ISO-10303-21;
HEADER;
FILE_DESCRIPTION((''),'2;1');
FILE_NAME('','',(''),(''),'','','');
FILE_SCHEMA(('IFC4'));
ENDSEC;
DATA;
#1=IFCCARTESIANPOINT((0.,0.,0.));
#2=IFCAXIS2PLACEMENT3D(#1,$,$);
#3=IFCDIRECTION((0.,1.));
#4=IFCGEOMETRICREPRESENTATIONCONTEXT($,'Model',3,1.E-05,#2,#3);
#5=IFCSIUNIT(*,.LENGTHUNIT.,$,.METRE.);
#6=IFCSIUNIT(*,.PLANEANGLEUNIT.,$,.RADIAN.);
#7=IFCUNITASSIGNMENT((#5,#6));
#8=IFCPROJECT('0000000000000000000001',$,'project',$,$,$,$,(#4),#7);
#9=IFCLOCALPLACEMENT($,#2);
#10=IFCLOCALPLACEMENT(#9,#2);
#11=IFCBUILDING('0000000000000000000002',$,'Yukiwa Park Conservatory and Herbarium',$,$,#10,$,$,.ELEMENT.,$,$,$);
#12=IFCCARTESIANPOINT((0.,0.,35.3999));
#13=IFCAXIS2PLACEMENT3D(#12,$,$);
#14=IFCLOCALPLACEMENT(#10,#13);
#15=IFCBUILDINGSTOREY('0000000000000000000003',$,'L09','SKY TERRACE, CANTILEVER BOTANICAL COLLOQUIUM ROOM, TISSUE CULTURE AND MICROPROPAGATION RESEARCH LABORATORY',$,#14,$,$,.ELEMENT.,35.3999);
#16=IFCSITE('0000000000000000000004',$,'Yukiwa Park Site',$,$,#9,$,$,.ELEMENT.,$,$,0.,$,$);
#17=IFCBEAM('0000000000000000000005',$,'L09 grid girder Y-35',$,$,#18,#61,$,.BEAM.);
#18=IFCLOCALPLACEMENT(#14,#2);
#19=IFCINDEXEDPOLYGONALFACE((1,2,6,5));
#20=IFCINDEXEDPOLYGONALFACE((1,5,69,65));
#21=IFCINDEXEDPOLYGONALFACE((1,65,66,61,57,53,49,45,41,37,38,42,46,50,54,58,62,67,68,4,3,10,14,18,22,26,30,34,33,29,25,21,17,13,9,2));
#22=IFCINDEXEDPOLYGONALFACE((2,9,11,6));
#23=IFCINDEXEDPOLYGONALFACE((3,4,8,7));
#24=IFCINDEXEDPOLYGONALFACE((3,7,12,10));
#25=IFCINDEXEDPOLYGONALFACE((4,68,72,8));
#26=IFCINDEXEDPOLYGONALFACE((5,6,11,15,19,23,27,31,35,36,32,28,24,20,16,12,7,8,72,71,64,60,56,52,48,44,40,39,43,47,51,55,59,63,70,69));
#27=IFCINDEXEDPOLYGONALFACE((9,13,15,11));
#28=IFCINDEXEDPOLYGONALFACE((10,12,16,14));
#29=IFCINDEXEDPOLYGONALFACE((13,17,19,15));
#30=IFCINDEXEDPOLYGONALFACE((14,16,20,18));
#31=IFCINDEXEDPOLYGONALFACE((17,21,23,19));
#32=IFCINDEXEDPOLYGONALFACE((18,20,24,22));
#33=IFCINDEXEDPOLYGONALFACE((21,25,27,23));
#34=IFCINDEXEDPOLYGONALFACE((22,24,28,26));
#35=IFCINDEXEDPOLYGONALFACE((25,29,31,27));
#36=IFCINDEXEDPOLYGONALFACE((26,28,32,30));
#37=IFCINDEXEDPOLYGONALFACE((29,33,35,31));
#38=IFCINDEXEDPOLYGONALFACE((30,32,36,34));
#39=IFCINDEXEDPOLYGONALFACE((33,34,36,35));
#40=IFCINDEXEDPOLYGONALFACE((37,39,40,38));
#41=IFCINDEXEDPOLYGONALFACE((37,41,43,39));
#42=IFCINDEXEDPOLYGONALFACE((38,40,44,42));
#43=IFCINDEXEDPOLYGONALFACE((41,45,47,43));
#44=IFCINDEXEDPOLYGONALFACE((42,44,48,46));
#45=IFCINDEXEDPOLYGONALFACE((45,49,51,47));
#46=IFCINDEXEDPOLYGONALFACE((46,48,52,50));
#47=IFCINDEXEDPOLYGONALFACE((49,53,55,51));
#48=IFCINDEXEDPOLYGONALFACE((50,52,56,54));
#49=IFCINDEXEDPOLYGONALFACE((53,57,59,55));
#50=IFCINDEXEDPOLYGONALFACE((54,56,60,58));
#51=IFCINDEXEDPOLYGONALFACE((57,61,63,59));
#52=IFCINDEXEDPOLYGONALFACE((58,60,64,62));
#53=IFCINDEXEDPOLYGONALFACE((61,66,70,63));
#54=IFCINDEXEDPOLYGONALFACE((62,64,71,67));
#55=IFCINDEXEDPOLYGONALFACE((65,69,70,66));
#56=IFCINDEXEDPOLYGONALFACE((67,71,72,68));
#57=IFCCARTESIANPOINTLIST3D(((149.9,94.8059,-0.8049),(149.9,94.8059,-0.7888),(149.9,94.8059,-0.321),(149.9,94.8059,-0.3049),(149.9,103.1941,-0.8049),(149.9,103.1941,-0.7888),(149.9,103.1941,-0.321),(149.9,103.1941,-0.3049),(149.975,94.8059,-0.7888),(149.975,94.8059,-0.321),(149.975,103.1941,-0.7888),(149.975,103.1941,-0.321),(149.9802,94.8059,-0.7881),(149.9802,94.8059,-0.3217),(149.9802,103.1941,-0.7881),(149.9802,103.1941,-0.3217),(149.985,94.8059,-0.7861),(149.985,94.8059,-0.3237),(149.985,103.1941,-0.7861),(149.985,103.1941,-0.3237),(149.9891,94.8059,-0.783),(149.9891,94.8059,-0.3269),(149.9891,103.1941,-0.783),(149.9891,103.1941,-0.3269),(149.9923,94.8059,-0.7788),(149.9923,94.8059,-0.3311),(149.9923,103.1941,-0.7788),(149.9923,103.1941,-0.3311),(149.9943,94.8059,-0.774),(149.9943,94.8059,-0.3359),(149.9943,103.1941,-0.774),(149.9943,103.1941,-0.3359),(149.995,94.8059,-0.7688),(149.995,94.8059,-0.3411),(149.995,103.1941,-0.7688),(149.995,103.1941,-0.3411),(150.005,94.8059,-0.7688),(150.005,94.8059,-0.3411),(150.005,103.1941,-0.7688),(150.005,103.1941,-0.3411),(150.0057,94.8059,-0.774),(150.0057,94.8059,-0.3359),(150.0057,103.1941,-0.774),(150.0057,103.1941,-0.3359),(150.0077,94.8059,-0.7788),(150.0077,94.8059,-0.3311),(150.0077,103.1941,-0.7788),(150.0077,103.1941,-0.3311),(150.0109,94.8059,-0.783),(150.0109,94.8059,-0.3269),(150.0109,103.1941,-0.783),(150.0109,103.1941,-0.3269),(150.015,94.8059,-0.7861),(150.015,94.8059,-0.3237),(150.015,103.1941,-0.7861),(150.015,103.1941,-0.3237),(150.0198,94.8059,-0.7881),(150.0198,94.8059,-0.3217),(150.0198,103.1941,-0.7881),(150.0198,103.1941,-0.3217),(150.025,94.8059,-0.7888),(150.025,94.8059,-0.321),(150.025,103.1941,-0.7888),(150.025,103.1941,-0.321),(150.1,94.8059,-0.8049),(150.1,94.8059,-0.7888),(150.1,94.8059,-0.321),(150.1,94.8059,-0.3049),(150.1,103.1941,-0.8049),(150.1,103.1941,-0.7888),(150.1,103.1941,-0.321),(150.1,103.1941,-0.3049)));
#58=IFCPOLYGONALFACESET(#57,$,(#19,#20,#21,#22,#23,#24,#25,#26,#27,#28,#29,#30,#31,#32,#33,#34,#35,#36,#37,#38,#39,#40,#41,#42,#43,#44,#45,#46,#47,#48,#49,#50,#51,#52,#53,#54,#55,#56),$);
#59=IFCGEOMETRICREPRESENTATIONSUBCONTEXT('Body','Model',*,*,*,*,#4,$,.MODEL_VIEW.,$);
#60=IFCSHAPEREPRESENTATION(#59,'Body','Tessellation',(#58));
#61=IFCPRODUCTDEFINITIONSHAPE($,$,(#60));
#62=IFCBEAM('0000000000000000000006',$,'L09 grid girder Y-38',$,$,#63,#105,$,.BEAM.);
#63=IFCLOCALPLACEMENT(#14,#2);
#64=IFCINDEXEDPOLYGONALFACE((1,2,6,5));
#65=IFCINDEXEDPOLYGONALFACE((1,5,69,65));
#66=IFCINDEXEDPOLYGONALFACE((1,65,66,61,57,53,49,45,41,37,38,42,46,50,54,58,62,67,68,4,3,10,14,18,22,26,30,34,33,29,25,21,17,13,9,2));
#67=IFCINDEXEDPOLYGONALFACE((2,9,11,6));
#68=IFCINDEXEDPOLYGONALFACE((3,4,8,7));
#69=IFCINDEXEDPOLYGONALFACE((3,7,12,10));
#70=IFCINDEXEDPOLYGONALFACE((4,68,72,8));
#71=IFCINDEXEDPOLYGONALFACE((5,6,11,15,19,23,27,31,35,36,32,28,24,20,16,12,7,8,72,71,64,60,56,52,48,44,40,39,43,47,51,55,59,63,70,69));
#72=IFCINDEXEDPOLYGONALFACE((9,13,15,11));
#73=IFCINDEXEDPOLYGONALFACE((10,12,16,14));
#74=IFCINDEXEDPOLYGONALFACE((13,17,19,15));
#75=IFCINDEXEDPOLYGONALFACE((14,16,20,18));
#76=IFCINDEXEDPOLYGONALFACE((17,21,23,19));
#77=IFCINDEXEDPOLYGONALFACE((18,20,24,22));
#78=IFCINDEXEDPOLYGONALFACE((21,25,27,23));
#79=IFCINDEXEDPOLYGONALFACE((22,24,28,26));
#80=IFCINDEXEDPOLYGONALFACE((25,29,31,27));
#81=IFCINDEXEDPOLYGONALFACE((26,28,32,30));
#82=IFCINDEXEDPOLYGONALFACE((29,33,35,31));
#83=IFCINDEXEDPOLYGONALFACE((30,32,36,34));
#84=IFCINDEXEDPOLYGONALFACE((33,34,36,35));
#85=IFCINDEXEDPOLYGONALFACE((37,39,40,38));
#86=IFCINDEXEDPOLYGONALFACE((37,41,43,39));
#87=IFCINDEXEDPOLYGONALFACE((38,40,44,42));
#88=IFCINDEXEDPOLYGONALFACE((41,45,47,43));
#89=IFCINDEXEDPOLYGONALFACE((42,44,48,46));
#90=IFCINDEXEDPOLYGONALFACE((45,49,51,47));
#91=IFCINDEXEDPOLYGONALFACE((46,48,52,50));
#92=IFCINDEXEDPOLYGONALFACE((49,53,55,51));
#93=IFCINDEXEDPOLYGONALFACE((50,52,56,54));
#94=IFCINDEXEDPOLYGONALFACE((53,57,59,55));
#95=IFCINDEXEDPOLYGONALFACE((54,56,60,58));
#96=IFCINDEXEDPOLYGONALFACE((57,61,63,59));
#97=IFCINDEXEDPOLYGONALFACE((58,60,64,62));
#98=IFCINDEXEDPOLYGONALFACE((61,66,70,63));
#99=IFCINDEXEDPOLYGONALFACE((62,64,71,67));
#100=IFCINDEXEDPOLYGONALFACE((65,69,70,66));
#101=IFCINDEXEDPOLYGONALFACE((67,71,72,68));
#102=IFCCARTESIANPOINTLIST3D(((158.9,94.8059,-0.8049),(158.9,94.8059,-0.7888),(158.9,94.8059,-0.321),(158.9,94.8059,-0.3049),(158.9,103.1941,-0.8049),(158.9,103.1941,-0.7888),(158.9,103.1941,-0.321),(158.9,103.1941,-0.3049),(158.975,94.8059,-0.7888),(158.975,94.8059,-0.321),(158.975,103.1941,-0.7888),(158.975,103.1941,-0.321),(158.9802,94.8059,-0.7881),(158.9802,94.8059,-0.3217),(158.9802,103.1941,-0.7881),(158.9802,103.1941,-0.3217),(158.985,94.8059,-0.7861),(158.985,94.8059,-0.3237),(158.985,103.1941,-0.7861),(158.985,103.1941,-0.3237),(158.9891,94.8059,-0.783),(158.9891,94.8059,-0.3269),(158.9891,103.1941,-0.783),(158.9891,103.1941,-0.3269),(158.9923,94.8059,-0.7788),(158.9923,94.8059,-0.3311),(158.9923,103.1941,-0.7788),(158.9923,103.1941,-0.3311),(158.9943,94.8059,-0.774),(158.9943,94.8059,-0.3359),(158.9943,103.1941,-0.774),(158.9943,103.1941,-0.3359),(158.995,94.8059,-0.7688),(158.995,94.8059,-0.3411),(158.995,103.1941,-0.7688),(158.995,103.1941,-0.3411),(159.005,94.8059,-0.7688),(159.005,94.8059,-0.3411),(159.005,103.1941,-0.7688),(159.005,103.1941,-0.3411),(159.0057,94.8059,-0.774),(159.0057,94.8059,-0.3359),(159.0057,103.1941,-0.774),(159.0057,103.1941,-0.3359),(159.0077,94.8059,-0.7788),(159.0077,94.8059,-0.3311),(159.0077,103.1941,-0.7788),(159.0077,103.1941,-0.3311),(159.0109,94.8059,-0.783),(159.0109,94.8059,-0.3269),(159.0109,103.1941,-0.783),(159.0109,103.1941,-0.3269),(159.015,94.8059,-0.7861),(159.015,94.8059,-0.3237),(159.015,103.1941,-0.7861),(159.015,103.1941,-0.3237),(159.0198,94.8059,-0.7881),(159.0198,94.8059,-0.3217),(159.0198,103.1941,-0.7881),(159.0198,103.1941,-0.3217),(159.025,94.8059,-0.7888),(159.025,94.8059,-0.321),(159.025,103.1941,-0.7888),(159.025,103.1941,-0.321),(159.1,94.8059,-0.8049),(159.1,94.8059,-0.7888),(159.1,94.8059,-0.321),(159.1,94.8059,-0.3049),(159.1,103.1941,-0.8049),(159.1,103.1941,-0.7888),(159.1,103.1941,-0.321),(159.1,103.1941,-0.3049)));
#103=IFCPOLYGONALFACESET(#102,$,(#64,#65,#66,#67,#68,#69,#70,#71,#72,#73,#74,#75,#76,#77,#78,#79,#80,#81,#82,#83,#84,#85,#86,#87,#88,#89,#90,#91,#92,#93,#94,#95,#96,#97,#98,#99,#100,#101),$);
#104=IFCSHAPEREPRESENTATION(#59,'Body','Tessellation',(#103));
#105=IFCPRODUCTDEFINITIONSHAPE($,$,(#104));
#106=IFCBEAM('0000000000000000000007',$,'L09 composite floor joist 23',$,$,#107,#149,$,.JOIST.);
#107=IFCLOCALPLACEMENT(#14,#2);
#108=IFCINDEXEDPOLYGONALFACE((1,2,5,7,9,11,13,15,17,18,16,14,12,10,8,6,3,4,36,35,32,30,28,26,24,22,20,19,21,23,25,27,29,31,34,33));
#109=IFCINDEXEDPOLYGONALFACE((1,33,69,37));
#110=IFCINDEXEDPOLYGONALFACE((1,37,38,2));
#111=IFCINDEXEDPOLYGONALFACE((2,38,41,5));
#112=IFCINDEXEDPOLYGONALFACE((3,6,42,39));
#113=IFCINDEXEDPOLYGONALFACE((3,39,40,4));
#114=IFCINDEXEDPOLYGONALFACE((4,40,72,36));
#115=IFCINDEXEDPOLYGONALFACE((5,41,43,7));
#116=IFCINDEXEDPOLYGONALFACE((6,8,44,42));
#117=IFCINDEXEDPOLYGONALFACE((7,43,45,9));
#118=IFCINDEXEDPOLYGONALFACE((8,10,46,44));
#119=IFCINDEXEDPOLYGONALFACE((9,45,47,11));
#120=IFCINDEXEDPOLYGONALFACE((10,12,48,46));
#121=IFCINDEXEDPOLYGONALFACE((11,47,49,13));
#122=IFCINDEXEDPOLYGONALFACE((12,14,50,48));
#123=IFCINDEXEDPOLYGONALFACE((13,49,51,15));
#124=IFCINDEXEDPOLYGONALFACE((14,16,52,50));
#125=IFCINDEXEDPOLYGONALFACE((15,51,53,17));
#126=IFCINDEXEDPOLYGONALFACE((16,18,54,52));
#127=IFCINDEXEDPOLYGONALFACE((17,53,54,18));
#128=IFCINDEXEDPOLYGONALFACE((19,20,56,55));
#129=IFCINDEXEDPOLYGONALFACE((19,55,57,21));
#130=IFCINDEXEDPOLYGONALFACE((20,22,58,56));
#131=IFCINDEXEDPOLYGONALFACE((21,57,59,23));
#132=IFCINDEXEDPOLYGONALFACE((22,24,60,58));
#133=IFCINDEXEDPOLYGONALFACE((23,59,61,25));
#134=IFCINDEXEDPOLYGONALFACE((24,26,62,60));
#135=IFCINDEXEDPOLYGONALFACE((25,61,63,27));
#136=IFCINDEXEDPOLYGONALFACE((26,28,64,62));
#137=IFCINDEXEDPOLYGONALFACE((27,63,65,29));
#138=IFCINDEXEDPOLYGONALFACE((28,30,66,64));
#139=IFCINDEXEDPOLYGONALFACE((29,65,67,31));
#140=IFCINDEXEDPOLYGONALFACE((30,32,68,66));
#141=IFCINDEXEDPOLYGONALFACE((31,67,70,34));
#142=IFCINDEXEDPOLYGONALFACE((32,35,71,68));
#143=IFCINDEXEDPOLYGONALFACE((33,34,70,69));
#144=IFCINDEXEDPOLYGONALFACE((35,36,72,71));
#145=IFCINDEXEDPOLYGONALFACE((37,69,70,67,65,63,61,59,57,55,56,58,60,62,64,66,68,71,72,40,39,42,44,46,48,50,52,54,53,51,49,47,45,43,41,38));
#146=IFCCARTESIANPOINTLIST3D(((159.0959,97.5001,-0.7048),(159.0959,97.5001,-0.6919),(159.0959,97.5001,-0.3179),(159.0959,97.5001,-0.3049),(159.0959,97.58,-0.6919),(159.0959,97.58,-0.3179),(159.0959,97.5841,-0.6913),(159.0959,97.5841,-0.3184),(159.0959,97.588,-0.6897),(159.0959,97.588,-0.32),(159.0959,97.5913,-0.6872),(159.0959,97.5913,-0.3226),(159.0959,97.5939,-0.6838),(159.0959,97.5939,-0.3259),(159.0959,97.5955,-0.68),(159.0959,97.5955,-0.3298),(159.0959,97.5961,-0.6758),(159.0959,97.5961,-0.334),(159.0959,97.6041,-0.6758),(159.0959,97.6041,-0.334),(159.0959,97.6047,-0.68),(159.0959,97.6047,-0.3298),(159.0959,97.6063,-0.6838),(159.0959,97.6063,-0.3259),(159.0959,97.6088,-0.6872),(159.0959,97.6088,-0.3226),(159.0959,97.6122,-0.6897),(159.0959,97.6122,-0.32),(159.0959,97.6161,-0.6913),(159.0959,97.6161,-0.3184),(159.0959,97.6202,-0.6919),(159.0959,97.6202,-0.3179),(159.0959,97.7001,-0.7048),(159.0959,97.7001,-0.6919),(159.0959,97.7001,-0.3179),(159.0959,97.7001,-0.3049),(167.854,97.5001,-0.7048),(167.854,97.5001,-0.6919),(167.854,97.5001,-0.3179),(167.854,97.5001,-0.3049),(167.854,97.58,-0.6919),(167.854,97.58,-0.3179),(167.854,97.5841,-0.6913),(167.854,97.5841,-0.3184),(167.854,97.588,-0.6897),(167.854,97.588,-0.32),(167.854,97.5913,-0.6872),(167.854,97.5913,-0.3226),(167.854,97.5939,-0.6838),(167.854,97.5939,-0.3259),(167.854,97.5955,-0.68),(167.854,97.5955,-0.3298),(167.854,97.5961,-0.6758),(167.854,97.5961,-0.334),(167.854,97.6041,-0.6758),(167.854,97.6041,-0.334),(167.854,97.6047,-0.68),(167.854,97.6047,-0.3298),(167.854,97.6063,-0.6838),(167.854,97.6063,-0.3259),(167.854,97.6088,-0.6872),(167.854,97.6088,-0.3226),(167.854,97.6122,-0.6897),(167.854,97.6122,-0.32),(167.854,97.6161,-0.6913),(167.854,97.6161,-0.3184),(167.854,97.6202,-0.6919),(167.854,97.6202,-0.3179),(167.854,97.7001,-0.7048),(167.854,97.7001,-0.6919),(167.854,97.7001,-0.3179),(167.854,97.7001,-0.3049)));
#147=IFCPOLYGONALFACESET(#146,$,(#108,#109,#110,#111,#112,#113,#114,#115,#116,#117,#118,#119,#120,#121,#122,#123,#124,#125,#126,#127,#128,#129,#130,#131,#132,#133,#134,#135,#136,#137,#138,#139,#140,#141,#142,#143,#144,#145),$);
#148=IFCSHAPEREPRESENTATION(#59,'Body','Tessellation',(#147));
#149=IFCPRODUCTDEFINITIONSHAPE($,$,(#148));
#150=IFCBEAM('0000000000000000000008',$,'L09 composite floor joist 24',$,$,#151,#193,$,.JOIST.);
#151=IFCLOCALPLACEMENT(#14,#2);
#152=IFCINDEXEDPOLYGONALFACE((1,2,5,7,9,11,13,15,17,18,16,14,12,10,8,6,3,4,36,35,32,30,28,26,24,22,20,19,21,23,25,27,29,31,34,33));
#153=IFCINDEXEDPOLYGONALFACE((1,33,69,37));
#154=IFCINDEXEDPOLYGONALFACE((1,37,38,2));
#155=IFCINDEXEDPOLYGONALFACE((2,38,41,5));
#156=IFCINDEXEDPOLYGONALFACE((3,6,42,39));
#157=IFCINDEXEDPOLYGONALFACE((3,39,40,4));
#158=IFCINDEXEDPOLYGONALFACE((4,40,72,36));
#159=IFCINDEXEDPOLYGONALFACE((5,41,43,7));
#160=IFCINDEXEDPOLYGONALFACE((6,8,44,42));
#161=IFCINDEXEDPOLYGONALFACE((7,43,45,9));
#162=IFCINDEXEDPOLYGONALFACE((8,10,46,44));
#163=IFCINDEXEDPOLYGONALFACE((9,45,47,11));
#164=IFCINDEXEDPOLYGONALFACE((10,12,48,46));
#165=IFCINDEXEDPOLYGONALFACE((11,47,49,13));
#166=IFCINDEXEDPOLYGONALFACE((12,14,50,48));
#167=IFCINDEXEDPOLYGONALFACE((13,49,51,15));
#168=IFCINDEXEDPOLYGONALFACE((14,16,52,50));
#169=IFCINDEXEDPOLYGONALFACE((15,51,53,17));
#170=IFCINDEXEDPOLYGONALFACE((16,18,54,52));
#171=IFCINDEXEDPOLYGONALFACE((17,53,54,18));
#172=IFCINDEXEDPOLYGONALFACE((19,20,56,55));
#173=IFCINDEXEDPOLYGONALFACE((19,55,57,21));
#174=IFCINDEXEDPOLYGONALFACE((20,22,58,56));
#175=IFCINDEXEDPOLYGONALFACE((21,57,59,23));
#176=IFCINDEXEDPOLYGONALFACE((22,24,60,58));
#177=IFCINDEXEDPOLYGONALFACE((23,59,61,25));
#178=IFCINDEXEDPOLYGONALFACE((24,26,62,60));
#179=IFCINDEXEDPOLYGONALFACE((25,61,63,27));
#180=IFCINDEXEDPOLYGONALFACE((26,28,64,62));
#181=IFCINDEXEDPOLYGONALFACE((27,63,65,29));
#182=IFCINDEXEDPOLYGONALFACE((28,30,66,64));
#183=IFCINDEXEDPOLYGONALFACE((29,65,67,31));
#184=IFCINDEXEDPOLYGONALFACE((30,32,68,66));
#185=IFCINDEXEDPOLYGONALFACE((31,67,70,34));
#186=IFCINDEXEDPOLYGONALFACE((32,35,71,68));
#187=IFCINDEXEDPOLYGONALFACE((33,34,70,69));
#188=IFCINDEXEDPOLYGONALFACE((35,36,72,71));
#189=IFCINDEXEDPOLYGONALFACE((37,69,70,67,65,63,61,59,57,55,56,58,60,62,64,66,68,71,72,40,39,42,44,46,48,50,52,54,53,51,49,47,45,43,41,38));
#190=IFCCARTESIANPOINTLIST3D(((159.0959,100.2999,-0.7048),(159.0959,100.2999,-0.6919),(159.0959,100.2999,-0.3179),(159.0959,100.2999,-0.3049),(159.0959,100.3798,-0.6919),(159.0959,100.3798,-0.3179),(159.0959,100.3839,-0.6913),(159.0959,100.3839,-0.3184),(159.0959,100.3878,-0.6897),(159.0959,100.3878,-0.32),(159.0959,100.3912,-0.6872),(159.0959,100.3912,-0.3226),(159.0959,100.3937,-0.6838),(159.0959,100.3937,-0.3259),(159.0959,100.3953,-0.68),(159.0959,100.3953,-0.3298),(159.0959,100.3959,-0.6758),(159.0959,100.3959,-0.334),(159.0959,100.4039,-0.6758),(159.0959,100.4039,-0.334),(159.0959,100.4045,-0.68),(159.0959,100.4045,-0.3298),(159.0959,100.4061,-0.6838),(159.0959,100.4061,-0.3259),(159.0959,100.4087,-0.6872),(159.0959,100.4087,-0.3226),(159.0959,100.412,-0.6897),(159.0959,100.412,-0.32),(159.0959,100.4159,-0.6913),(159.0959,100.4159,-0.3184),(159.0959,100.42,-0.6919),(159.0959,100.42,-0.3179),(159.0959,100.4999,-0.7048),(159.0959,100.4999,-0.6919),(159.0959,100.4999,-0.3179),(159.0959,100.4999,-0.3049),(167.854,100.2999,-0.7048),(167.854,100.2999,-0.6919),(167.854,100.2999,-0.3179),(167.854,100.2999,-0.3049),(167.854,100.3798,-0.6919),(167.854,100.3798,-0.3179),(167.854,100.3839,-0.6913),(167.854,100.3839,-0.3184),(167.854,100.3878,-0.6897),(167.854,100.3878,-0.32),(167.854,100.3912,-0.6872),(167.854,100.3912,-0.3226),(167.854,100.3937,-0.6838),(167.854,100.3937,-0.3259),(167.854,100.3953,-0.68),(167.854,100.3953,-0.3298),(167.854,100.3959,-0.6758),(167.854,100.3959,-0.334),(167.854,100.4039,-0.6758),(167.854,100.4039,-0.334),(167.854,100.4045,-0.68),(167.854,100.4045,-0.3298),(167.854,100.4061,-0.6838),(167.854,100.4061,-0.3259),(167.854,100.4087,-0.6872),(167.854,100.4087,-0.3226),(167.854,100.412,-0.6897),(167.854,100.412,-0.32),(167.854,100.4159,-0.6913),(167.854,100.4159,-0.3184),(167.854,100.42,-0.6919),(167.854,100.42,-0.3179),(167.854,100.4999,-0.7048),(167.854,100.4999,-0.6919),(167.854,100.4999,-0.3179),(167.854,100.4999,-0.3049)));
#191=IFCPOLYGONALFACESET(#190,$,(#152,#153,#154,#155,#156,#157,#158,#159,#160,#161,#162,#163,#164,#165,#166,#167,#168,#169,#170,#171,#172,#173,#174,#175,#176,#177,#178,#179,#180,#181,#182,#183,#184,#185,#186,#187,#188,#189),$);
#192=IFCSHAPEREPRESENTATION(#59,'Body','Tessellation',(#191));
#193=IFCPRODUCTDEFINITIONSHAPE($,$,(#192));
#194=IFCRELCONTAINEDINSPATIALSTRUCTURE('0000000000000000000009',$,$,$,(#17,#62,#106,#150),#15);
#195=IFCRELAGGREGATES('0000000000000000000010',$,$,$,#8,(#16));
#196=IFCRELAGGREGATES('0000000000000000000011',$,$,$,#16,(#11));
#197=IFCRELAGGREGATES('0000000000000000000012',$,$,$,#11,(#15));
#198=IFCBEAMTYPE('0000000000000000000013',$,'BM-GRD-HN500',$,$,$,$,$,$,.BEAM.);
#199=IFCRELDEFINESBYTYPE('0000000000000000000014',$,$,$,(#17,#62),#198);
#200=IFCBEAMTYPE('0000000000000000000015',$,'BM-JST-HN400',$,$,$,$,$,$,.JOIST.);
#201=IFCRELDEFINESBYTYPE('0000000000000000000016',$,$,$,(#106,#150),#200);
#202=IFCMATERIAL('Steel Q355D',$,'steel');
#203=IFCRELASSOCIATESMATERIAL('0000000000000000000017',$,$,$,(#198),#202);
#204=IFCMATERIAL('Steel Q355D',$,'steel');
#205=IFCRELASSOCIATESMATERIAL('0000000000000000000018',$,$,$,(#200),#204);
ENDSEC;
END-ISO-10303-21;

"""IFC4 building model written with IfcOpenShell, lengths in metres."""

from ifc_helpers import new_model, si_unit, direction, frame, origin, origin_2d, place, context, subcontext, project, spatial, i_section, extrude, material, material_profile, profile_set, type_object, element, save


model = new_model("IFC4")

# Units and contexts
model_context = context("Model", 3, precision=1e-05, world=origin(), true_north=direction((0.0, 1.0)))
body_context = subcontext(model_context, "Body", "Model", "MODEL_VIEW")
ifc_project = project(units=[si_unit("LENGTHUNIT", "METRE"), si_unit("PLANEANGLEUNIT", "RADIAN")], contexts=[model_context])

# Site, building, storey
site_placement = place(None, origin())
site = spatial("IfcSite", under=ifc_project, at=site_placement, Name="Yukiwa Park Site", CompositionType="ELEMENT", RefElevation=0.0)
building_placement = place(site_placement, origin())
building = spatial("IfcBuilding", under=site, at=building_placement, Name="Yukiwa Park Conservatory and Herbarium", CompositionType="ELEMENT")
storey_placement = place(building_placement, frame((0.0, 0.0, 35.3999)))
storey = spatial("IfcBuildingStorey", under=building, at=storey_placement, Name="L09", Description="SKY TERRACE, CANTILEVER BOTANICAL COLLOQUIUM ROOM, TISSUE CULTURE AND MICROPROPAGATION RESEARCH LABORATORY", CompositionType="ELEMENT", Elevation=35.3999)

# Beams
ifc_material_1 = material(Name="Steel Q355D", Category="steel")
ifc_material_profile_1 = material_profile(ifc_material_1, i_section(OverallWidth=0.2, OverallDepth=0.5, WebThickness=0.01, FlangeThickness=0.0161, FilletRadius=0.02, at=origin_2d()), Name="HN 500x200x10x16")
ifc_profile_set_1 = profile_set([ifc_material_profile_1], Name="Steel Q355D")
beam_type_1 = type_object("IfcBeamType", Name="BM-GRD-HN500", PredefinedType="BEAM", material=ifc_profile_set_1)
for number, where, z_axis, x_axis, name in (
    (1, (150.0, 94.8059, -0.5549), (0.0, 1.0, 0.0), (-1.0, 0.0, 0.0), "L09 grid girder Y-35"),
    (2, (159.0, 94.8059, -0.5549), (0.0, 1.0, 0.0), (-1.0, 0.0, 0.0), "L09 grid girder Y-38"),
):
    element("IfcBeam", number, at=place(storey_placement, frame(where, z_axis=z_axis, x_axis=x_axis)), inside=storey, type_object=beam_type_1, Name=name, PredefinedType="BEAM", context=body_context, shape_type="SweptSolid", body=[
        extrude(i_section(OverallWidth=0.2, OverallDepth=0.5, WebThickness=0.01, FlangeThickness=0.0161, FilletRadius=0.02, at=origin_2d()), origin(), (0.0, 0.0, 1.0), 8.3882),
    ])
ifc_material_2 = material(Name="Steel Q355D", Category="steel")
ifc_material_profile_2 = material_profile(ifc_material_2, i_section(OverallWidth=0.2, OverallDepth=0.3999, WebThickness=0.0081, FlangeThickness=0.0129, FilletRadius=0.0161, at=origin_2d()), Name="HN 400x200x8x13")
ifc_profile_set_2 = profile_set([ifc_material_profile_2], Name="Steel Q355D")
beam_type_2 = type_object("IfcBeamType", Name="BM-JST-HN400", PredefinedType="JOIST", material=ifc_profile_set_2)
for number, where, z_axis, x_axis, name in (
    (3, (159.0959, 97.6001, -0.5049), (1.0, 0.0, 0.0), (0.0, 1.0, 0.0), "L09 composite floor joist 23"),
    (4, (159.0959, 100.3999, -0.5049), (1.0, 0.0, 0.0), (0.0, 1.0, 0.0), "L09 composite floor joist 24"),
):
    element("IfcBeam", number, at=place(storey_placement, frame(where, z_axis=z_axis, x_axis=x_axis)), inside=storey, type_object=beam_type_2, Name=name, PredefinedType="JOIST", context=body_context, shape_type="SweptSolid", body=[
        extrude(i_section(OverallWidth=0.2, OverallDepth=0.3999, WebThickness=0.0081, FlangeThickness=0.0129, FilletRadius=0.0161, at=origin_2d()), origin(), (0.0, 0.0, 1.0), 8.7581),
    ])

save(model, "model.ifc")
